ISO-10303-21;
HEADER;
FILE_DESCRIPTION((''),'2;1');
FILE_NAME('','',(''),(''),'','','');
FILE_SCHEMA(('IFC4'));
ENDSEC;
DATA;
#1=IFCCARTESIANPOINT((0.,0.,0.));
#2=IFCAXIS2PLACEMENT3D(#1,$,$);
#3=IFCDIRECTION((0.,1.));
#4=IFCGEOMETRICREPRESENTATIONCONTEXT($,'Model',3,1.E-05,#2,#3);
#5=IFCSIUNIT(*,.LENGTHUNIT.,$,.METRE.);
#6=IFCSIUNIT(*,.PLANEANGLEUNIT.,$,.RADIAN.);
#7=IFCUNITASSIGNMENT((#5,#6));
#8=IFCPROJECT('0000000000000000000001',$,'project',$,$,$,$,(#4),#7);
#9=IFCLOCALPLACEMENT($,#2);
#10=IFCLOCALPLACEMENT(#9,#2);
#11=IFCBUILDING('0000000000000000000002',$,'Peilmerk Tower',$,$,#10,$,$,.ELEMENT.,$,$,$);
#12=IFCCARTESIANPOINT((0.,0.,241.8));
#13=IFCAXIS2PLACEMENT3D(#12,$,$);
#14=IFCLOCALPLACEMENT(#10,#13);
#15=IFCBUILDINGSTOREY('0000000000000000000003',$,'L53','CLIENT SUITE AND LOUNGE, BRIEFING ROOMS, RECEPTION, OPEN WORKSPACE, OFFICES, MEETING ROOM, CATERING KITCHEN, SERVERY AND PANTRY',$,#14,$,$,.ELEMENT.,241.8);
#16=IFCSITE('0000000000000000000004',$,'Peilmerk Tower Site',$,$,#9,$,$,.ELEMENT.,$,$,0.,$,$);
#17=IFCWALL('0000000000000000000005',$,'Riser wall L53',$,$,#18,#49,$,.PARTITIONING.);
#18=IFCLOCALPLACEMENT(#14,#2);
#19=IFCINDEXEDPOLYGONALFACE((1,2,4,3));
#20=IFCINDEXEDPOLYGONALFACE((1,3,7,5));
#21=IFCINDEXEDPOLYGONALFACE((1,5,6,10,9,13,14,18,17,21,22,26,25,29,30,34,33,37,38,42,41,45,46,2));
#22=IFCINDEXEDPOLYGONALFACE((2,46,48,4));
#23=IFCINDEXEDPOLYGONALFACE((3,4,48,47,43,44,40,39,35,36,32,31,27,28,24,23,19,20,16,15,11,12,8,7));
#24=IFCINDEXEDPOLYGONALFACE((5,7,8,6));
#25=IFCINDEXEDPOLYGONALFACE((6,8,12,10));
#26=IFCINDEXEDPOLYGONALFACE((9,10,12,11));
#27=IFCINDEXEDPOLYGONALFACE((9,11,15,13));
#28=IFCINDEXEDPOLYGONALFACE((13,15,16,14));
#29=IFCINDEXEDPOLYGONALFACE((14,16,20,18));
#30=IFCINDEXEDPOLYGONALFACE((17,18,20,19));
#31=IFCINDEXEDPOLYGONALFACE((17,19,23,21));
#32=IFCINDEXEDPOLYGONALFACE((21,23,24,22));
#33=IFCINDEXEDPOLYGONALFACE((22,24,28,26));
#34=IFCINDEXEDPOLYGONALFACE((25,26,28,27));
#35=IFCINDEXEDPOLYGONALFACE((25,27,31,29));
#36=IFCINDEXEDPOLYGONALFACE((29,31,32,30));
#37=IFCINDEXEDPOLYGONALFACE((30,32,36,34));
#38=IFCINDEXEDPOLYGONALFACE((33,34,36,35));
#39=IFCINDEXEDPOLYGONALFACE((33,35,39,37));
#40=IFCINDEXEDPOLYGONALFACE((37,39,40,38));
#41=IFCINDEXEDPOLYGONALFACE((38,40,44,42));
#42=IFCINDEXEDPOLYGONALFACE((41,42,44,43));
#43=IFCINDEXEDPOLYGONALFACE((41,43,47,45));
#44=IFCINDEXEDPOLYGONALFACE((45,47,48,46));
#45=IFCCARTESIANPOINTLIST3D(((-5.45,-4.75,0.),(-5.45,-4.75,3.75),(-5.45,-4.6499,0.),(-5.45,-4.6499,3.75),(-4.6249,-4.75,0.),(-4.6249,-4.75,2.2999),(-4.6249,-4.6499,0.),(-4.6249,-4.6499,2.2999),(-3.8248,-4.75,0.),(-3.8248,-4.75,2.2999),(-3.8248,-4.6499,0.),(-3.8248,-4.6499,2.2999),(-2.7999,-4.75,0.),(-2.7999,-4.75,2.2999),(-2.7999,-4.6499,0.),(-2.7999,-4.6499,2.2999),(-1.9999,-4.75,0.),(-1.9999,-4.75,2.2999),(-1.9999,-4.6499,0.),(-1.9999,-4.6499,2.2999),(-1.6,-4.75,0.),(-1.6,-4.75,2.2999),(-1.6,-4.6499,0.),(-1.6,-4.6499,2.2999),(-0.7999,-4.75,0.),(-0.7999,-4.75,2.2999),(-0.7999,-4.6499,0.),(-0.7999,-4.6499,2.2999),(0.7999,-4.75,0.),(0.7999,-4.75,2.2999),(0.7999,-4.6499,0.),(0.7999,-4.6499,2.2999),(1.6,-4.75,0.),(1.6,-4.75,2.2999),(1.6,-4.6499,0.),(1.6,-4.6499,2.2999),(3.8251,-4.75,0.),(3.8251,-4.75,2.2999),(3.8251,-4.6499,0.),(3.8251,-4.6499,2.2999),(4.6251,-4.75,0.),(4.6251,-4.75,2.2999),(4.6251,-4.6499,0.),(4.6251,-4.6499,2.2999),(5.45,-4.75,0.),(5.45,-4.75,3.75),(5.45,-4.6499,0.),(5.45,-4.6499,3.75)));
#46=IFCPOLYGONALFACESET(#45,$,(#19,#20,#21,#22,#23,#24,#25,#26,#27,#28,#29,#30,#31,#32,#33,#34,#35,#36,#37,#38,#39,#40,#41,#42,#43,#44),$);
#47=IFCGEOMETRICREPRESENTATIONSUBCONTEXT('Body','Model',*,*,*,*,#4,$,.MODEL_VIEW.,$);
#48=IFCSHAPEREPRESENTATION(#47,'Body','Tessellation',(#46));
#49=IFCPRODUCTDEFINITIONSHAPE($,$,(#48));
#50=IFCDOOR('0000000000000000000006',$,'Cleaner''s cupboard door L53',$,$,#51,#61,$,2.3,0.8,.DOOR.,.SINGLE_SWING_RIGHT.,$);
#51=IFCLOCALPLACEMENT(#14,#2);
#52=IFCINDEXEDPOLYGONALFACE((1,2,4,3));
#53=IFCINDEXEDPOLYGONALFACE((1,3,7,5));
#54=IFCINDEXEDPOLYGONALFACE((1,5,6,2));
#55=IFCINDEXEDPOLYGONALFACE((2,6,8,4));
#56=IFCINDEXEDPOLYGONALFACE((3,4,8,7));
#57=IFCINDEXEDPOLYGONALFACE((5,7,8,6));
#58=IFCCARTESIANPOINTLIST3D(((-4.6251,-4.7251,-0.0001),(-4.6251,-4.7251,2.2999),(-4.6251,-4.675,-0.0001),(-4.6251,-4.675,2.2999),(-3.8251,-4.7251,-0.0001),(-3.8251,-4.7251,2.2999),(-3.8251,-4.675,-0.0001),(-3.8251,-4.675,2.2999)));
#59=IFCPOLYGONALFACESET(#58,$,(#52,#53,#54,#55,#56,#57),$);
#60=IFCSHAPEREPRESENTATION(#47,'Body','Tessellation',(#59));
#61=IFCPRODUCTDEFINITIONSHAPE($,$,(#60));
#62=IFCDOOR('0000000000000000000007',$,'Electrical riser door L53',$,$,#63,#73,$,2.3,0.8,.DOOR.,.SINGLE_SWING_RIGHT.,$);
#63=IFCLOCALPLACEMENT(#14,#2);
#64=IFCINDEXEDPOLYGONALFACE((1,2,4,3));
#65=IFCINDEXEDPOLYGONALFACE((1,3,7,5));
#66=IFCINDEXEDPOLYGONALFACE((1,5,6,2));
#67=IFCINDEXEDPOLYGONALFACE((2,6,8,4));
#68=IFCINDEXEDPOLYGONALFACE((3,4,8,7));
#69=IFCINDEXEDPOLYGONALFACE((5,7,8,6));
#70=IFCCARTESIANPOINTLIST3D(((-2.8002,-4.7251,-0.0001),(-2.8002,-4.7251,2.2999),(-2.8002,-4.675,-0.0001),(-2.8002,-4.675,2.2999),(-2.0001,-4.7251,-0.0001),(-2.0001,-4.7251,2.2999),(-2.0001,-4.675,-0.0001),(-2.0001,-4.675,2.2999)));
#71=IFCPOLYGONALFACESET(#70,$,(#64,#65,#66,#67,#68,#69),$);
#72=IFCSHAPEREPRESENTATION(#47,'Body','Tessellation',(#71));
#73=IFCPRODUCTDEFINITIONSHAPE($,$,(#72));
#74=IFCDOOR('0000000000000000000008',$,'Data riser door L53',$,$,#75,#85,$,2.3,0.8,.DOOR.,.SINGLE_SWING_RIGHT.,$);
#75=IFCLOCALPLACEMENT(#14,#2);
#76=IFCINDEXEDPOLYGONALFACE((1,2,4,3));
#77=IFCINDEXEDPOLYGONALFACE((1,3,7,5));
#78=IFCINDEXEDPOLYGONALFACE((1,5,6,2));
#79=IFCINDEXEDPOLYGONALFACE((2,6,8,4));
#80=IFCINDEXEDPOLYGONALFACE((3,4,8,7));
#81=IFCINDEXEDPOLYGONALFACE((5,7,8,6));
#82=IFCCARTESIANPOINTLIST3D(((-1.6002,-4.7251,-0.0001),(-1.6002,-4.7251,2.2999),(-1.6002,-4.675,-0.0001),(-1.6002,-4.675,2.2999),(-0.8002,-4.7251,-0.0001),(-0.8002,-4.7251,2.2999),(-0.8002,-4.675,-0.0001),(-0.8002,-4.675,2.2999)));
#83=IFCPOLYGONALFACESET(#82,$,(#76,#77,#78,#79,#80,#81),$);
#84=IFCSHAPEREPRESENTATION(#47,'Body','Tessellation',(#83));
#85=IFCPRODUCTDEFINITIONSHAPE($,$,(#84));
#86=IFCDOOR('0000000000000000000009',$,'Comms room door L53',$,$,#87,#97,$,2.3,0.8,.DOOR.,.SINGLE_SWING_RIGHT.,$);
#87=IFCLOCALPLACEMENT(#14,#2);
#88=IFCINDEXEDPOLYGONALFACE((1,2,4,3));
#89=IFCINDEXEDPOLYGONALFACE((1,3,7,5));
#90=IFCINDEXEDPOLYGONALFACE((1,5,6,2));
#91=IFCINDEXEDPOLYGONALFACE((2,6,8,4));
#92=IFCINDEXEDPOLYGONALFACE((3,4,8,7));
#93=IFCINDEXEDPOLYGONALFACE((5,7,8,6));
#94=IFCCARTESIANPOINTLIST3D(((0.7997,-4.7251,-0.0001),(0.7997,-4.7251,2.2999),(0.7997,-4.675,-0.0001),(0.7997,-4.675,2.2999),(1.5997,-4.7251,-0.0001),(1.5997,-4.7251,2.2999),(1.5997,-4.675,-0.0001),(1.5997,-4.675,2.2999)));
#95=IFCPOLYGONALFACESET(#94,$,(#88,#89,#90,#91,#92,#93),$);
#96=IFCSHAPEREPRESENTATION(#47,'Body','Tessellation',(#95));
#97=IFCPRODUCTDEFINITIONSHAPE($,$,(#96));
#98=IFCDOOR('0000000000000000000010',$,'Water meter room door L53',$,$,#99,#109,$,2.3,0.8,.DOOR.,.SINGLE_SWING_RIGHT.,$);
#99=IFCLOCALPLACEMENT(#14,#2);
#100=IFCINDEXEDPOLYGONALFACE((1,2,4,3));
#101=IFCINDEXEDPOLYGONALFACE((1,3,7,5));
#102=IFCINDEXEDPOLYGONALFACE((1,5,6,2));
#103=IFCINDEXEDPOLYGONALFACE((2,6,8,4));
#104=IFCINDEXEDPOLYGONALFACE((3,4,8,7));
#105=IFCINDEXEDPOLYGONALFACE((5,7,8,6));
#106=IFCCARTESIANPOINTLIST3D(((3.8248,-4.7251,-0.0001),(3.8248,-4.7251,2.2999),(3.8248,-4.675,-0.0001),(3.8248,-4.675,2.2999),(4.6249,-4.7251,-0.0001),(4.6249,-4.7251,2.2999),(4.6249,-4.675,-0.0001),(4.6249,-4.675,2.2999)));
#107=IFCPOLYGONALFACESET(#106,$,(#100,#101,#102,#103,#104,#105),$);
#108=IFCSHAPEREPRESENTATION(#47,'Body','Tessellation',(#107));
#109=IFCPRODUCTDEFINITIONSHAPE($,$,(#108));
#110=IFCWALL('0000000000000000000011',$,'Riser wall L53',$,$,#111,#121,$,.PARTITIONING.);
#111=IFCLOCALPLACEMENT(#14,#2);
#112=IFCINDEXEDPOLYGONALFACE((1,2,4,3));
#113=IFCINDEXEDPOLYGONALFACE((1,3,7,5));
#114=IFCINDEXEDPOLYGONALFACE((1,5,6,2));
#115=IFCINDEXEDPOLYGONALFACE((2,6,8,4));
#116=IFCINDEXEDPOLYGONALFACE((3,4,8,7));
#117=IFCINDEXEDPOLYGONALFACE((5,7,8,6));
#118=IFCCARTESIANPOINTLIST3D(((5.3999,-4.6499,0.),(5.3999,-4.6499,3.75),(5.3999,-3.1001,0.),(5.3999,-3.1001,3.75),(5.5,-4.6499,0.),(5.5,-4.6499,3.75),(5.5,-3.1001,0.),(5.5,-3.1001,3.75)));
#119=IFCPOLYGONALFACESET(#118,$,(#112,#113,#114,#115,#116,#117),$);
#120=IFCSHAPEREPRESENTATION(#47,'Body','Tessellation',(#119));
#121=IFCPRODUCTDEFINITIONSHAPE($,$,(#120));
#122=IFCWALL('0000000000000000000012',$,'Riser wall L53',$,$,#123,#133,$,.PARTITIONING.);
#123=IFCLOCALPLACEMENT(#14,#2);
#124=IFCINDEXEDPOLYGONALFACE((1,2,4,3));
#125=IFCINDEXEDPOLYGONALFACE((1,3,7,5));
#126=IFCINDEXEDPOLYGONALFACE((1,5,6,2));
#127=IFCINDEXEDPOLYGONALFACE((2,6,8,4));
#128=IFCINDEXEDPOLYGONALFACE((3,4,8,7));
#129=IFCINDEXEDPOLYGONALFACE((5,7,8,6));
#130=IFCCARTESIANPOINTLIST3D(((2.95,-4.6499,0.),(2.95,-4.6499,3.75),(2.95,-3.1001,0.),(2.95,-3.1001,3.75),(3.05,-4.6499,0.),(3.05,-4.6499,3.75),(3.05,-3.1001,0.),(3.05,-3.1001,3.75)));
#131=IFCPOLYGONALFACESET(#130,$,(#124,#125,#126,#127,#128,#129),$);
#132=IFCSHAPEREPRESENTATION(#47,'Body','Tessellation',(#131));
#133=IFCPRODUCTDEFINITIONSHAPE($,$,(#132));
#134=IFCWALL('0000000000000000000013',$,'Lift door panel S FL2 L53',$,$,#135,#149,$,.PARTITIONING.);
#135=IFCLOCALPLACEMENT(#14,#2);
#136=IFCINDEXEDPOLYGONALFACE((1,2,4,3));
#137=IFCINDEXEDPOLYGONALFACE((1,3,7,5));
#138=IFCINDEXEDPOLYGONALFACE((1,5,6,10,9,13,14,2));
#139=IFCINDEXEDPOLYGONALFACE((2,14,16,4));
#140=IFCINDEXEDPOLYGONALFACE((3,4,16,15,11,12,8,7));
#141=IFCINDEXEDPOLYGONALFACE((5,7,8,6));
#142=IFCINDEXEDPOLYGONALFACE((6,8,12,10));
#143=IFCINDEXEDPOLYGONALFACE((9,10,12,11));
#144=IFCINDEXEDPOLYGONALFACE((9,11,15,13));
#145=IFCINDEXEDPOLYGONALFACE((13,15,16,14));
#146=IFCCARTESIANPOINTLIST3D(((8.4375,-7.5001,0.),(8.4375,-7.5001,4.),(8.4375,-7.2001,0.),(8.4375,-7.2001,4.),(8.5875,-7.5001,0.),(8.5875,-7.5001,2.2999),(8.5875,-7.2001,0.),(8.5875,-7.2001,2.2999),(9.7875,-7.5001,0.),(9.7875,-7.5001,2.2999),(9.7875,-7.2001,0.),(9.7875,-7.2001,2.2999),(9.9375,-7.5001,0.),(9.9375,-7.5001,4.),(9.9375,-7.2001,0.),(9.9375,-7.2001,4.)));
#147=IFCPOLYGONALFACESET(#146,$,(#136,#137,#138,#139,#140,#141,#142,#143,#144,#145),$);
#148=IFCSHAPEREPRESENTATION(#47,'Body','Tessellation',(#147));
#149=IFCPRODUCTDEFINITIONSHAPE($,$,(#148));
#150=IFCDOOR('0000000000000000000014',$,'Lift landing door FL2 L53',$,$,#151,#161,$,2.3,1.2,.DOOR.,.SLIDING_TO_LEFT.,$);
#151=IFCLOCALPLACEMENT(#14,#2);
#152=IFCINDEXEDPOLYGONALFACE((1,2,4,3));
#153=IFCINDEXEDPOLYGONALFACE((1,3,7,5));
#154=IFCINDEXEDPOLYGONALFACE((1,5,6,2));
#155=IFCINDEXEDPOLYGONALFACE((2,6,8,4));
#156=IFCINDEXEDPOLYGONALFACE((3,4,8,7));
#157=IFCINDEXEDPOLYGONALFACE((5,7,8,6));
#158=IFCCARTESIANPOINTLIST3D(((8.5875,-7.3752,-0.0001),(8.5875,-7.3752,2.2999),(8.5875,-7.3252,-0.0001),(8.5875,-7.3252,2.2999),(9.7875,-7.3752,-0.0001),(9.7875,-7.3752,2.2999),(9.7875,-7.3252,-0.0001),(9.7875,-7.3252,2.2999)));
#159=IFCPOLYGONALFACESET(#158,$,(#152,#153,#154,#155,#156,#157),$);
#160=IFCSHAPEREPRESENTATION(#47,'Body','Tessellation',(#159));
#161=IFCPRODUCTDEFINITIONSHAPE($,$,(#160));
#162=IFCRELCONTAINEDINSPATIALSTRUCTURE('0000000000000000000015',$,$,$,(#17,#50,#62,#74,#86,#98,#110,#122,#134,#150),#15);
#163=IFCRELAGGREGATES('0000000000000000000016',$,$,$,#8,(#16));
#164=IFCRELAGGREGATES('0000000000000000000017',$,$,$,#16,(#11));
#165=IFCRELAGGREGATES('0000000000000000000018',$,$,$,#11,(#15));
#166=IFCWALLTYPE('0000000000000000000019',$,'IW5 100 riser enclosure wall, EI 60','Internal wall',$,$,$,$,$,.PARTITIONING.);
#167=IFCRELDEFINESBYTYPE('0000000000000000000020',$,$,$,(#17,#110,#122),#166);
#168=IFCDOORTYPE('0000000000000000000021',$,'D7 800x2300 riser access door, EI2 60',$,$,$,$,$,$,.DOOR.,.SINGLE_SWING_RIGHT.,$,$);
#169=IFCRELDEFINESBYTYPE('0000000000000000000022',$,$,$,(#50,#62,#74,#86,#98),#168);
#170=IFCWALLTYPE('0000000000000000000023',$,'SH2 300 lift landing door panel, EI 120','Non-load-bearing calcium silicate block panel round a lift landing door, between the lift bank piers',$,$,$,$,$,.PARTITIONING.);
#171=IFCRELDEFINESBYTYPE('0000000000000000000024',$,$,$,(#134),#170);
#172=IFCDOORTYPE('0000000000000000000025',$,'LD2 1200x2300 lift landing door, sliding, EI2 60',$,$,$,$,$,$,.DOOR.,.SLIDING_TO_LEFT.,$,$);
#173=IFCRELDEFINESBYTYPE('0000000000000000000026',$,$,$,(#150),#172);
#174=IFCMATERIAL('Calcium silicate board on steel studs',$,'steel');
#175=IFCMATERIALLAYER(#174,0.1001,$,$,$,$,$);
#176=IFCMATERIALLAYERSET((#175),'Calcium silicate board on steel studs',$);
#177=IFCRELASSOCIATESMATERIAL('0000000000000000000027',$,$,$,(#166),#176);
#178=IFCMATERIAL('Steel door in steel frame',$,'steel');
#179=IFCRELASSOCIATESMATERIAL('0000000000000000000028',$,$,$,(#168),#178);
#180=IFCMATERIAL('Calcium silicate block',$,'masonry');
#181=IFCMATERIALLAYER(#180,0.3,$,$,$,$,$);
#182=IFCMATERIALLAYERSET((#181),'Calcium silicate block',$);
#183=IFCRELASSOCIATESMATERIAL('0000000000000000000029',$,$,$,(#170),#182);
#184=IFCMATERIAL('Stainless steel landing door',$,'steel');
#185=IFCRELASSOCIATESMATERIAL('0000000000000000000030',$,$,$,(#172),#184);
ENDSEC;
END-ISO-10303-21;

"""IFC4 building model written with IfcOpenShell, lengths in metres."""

from ifc_helpers import new_model, si_unit, direction, frame, frame_2d, origin, place, context, subcontext, project, spatial, rectangle, extrude, material, layer, layer_set, type_object, element, fill, save


model = new_model("IFC4")

# Units and contexts
model_context = context("Model", 3, precision=1e-05, world=origin(), true_north=direction((0.0, 1.0)))
body_context = subcontext(model_context, "Body", "Model", "MODEL_VIEW")
ifc_project = project(units=[si_unit("LENGTHUNIT", "METRE"), si_unit("PLANEANGLEUNIT", "RADIAN")], contexts=[model_context])

# Site, building, storey
site_placement = place(None, origin())
site = spatial("IfcSite", under=ifc_project, at=site_placement, Name="Peilmerk Tower Site", CompositionType="ELEMENT", RefElevation=0.0)
building_placement = place(site_placement, origin())
building = spatial("IfcBuilding", under=site, at=building_placement, Name="Peilmerk Tower", CompositionType="ELEMENT")
storey_placement = place(building_placement, frame((0.0, 0.0, 241.8)))
storey = spatial("IfcBuildingStorey", under=building, at=storey_placement, Name="L53", Description="CLIENT SUITE AND LOUNGE, BRIEFING ROOMS, RECEPTION, OPEN WORKSPACE, OFFICES, MEETING ROOM, CATERING KITCHEN, SERVERY AND PANTRY", CompositionType="ELEMENT", Elevation=241.8)

# Shared definitions
ifc_material_1 = material(Name="Steel door in steel frame", Category="steel")

# Shared definitions
ifc_material_2 = material(Name="Calcium silicate board on steel studs", Category="steel")
ifc_layer_1 = layer(ifc_material_2, 0.1001)
ifc_layer_set_1 = layer_set([ifc_layer_1], Name="Calcium silicate board on steel studs")
wall_type_1 = type_object("IfcWallType", Name="IW5 100 riser enclosure wall, EI 60", Description="Internal wall", PredefinedType="PARTITIONING", material=ifc_layer_set_1)

# Wall, openings, doors
wall_1_placement = place(storey_placement, frame((5.45, -4.7, 0.0), z_axis=(0.0, 0.0, 1.0), x_axis=(-1.0, 0.0, 0.0)))
wall_1 = element("IfcWall", 1, at=wall_1_placement, inside=storey, type_object=wall_type_1, Name="Riser wall L53", PredefinedType="PARTITIONING", context=body_context, shape_type="SweptSolid", body=[
    extrude(rectangle(XDim=10.8999, YDim=0.1001, at=frame_2d((5.45, 0.0))), origin(), (0.0, 0.0, 1.0), 3.75),
])
opening_1_placement = place(wall_1_placement, frame((9.2749, 0.0, 0.0)))
opening_1 = element("IfcOpeningElement", 2, at=opening_1_placement, cuts=wall_1, PredefinedType="OPENING", context=body_context, shape_type="SweptSolid", body=[
    extrude(rectangle(XDim=0.8, YDim=2.3, at=frame_2d((0.3999, 1.1499))), frame((0.0, 0.0601, 0.0), z_axis=(0.0, -1.0, 0.0), x_axis=(1.0, 0.0, 0.0)), (0.0, 0.0, 1.0), 0.1201),
])
opening_2_placement = place(wall_1_placement, frame((7.45, 0.0, 0.0)))
opening_2 = element("IfcOpeningElement", 3, at=opening_2_placement, cuts=wall_1, PredefinedType="OPENING", context=body_context, shape_type="SweptSolid", body=[
    extrude(rectangle(XDim=0.8, YDim=2.3, at=frame_2d((0.3999, 1.1499))), frame((0.0, 0.0601, 0.0), z_axis=(0.0, -1.0, 0.0), x_axis=(1.0, 0.0, 0.0)), (0.0, 0.0, 1.0), 0.1201),
])
opening_3_placement = place(wall_1_placement, frame((6.25, 0.0, 0.0)))
opening_3 = element("IfcOpeningElement", 4, at=opening_3_placement, cuts=wall_1, PredefinedType="OPENING", context=body_context, shape_type="SweptSolid", body=[
    extrude(rectangle(XDim=0.8, YDim=2.3, at=frame_2d((0.3999, 1.1499))), frame((0.0, 0.0601, 0.0), z_axis=(0.0, -1.0, 0.0), x_axis=(1.0, 0.0, 0.0)), (0.0, 0.0, 1.0), 0.1201),
])
opening_4_placement = place(wall_1_placement, frame((3.8501, 0.0, 0.0)))
opening_4 = element("IfcOpeningElement", 5, at=opening_4_placement, cuts=wall_1, PredefinedType="OPENING", context=body_context, shape_type="SweptSolid", body=[
    extrude(rectangle(XDim=0.8, YDim=2.3, at=frame_2d((0.3999, 1.1499))), frame((0.0, 0.0601, 0.0), z_axis=(0.0, -1.0, 0.0), x_axis=(1.0, 0.0, 0.0)), (0.0, 0.0, 1.0), 0.1201),
])
opening_5_placement = place(wall_1_placement, frame((0.825, 0.0, 0.0)))
opening_5 = element("IfcOpeningElement", 6, at=opening_5_placement, cuts=wall_1, PredefinedType="OPENING", context=body_context, shape_type="SweptSolid", body=[
    extrude(rectangle(XDim=0.8, YDim=2.3, at=frame_2d((0.3999, 1.1499))), frame((0.0, 0.0601, 0.0), z_axis=(0.0, -1.0, 0.0), x_axis=(1.0, 0.0, 0.0)), (0.0, 0.0, 1.0), 0.1201),
])
door_type_1 = type_object("IfcDoorType", Name="D7 800x2300 riser access door, EI2 60", OperationType="SINGLE_SWING_RIGHT", PredefinedType="DOOR", material=ifc_material_1)
door_1_placement = place(opening_1_placement, frame((0.8, 0.0, 0.0), z_axis=(0.0, 0.0, 1.0), x_axis=(-1.0, 0.0, 0.0)))
door_1 = element("IfcDoor", 7, at=door_1_placement, inside=storey, type_object=door_type_1, Name="Cleaner's cupboard door L53", OperationType="SINGLE_SWING_RIGHT", OverallHeight=2.3, OverallWidth=0.8, PredefinedType="DOOR", context=body_context, shape_type="SweptSolid", body=[
    extrude(rectangle(XDim=0.8, YDim=2.3, at=frame_2d((0.3999, 1.1499))), frame((0.0, 0.0249, 0.0), z_axis=(0.0, -1.0, 0.0), x_axis=(1.0, 0.0, 0.0)), (0.0, 0.0, 1.0), 0.05),
])
fill(opening_1, door_1)
door_2_placement = place(opening_2_placement, frame((0.8, 0.0, 0.0), z_axis=(0.0, 0.0, 1.0), x_axis=(-1.0, 0.0, 0.0)))
door_2 = element("IfcDoor", 8, at=door_2_placement, inside=storey, type_object=door_type_1, Name="Electrical riser door L53", OperationType="SINGLE_SWING_RIGHT", OverallHeight=2.3, OverallWidth=0.8, PredefinedType="DOOR", context=body_context, shape_type="SweptSolid", body=[
    extrude(rectangle(XDim=0.8, YDim=2.3, at=frame_2d((0.3999, 1.1499))), frame((0.0, 0.0249, 0.0), z_axis=(0.0, -1.0, 0.0), x_axis=(1.0, 0.0, 0.0)), (0.0, 0.0, 1.0), 0.05),
])
fill(opening_2, door_2)
door_3_placement = place(opening_3_placement, frame((0.8, 0.0, 0.0), z_axis=(0.0, 0.0, 1.0), x_axis=(-1.0, 0.0, 0.0)))
door_3 = element("IfcDoor", 9, at=door_3_placement, inside=storey, type_object=door_type_1, Name="Data riser door L53", OperationType="SINGLE_SWING_RIGHT", OverallHeight=2.3, OverallWidth=0.8, PredefinedType="DOOR", context=body_context, shape_type="SweptSolid", body=[
    extrude(rectangle(XDim=0.8, YDim=2.3, at=frame_2d((0.3999, 1.1499))), frame((0.0, 0.0249, 0.0), z_axis=(0.0, -1.0, 0.0), x_axis=(1.0, 0.0, 0.0)), (0.0, 0.0, 1.0), 0.05),
])
fill(opening_3, door_3)
door_4_placement = place(opening_4_placement, frame((0.8, 0.0, 0.0), z_axis=(0.0, 0.0, 1.0), x_axis=(-1.0, 0.0, 0.0)))
door_4 = element("IfcDoor", 10, at=door_4_placement, inside=storey, type_object=door_type_1, Name="Comms room door L53", OperationType="SINGLE_SWING_RIGHT", OverallHeight=2.3, OverallWidth=0.8, PredefinedType="DOOR", context=body_context, shape_type="SweptSolid", body=[
    extrude(rectangle(XDim=0.8, YDim=2.3, at=frame_2d((0.3999, 1.1499))), frame((0.0, 0.0249, 0.0), z_axis=(0.0, -1.0, 0.0), x_axis=(1.0, 0.0, 0.0)), (0.0, 0.0, 1.0), 0.05),
])
fill(opening_4, door_4)
door_5_placement = place(opening_5_placement, frame((0.8, 0.0, 0.0), z_axis=(0.0, 0.0, 1.0), x_axis=(-1.0, 0.0, 0.0)))
door_5 = element("IfcDoor", 11, at=door_5_placement, inside=storey, type_object=door_type_1, Name="Water meter room door L53", OperationType="SINGLE_SWING_RIGHT", OverallHeight=2.3, OverallWidth=0.8, PredefinedType="DOOR", context=body_context, shape_type="SweptSolid", body=[
    extrude(rectangle(XDim=0.8, YDim=2.3, at=frame_2d((0.3999, 1.1499))), frame((0.0, 0.0249, 0.0), z_axis=(0.0, -1.0, 0.0), x_axis=(1.0, 0.0, 0.0)), (0.0, 0.0, 1.0), 0.05),
])
fill(opening_5, door_5)

# Walls
for number, where, z_axis, x_axis, name in (
    (12, (5.45, -3.1001, 0.0), (0.0, 0.0, 1.0), (0.0, -1.0, 0.0), "Riser wall L53"),
    (13, (3.0, -3.1001, 0.0), (0.0, 0.0, 1.0), (0.0, -1.0, 0.0), "Riser wall L53"),
):
    element("IfcWall", number, at=place(storey_placement, frame(where, z_axis=z_axis, x_axis=x_axis)), inside=storey, type_object=wall_type_1, Name=name, PredefinedType="PARTITIONING", context=body_context, shape_type="SweptSolid", body=[
        extrude(rectangle(XDim=1.5498, YDim=0.1001, at=frame_2d((0.7749, 0.0))), origin(), (0.0, 0.0, 1.0), 3.75),
    ])

# Wall, opening, door
ifc_material_3 = material(Name="Calcium silicate block", Category="masonry")
ifc_layer_2 = layer(ifc_material_3, 0.3)
ifc_layer_set_2 = layer_set([ifc_layer_2], Name="Calcium silicate block")
wall_type_2 = type_object("IfcWallType", Name="SH2 300 lift landing door panel, EI 120", Description="Non-load-bearing calcium silicate block panel round a lift landing door, between the lift bank piers", PredefinedType="PARTITIONING", material=ifc_layer_set_2)
wall_2_placement = place(storey_placement, frame((8.4375, -7.3501, 0.0), z_axis=(0.0, 0.0, 1.0), x_axis=(1.0, 0.0, 0.0)))
wall_2 = element("IfcWall", 14, at=wall_2_placement, inside=storey, type_object=wall_type_2, Name="Lift door panel S FL2 L53", PredefinedType="PARTITIONING", context=body_context, shape_type="SweptSolid", body=[
    extrude(rectangle(XDim=1.5, YDim=0.3, at=frame_2d((0.75, 0.0))), origin(), (0.0, 0.0, 1.0), 4.0),
])
opening_6_placement = place(wall_2_placement, frame((0.1499, 0.0, 0.0)))
opening_6 = element("IfcOpeningElement", 15, at=opening_6_placement, cuts=wall_2, PredefinedType="OPENING", context=body_context, shape_type="SweptSolid", body=[
    extrude(rectangle(XDim=1.2, YDim=2.3, at=frame_2d((0.6001, 1.1499))), frame((0.0, 0.1599, 0.0), z_axis=(0.0, -1.0, 0.0), x_axis=(1.0, 0.0, 0.0)), (0.0, 0.0, 1.0), 0.3201),
])
ifc_material_4 = material(Name="Stainless steel landing door", Category="steel")
door_type_2 = type_object("IfcDoorType", Name="LD2 1200x2300 lift landing door, sliding, EI2 60", OperationType="SLIDING_TO_LEFT", PredefinedType="DOOR", material=ifc_material_4)
door_6_placement = place(opening_6_placement, origin())
door_6 = element("IfcDoor", 16, at=door_6_placement, inside=storey, type_object=door_type_2, Name="Lift landing door FL2 L53", OperationType="SLIDING_TO_LEFT", OverallHeight=2.3, OverallWidth=1.2, PredefinedType="DOOR", context=body_context, shape_type="SweptSolid", body=[
    extrude(rectangle(XDim=1.2, YDim=2.3, at=frame_2d((0.6001, 1.1499))), frame((0.0, 0.0249, 0.0), z_axis=(0.0, -1.0, 0.0), x_axis=(1.0, 0.0, 0.0)), (0.0, 0.0, 1.0), 0.05),
])
fill(opening_6, door_6)

save(model, "model.ifc")
